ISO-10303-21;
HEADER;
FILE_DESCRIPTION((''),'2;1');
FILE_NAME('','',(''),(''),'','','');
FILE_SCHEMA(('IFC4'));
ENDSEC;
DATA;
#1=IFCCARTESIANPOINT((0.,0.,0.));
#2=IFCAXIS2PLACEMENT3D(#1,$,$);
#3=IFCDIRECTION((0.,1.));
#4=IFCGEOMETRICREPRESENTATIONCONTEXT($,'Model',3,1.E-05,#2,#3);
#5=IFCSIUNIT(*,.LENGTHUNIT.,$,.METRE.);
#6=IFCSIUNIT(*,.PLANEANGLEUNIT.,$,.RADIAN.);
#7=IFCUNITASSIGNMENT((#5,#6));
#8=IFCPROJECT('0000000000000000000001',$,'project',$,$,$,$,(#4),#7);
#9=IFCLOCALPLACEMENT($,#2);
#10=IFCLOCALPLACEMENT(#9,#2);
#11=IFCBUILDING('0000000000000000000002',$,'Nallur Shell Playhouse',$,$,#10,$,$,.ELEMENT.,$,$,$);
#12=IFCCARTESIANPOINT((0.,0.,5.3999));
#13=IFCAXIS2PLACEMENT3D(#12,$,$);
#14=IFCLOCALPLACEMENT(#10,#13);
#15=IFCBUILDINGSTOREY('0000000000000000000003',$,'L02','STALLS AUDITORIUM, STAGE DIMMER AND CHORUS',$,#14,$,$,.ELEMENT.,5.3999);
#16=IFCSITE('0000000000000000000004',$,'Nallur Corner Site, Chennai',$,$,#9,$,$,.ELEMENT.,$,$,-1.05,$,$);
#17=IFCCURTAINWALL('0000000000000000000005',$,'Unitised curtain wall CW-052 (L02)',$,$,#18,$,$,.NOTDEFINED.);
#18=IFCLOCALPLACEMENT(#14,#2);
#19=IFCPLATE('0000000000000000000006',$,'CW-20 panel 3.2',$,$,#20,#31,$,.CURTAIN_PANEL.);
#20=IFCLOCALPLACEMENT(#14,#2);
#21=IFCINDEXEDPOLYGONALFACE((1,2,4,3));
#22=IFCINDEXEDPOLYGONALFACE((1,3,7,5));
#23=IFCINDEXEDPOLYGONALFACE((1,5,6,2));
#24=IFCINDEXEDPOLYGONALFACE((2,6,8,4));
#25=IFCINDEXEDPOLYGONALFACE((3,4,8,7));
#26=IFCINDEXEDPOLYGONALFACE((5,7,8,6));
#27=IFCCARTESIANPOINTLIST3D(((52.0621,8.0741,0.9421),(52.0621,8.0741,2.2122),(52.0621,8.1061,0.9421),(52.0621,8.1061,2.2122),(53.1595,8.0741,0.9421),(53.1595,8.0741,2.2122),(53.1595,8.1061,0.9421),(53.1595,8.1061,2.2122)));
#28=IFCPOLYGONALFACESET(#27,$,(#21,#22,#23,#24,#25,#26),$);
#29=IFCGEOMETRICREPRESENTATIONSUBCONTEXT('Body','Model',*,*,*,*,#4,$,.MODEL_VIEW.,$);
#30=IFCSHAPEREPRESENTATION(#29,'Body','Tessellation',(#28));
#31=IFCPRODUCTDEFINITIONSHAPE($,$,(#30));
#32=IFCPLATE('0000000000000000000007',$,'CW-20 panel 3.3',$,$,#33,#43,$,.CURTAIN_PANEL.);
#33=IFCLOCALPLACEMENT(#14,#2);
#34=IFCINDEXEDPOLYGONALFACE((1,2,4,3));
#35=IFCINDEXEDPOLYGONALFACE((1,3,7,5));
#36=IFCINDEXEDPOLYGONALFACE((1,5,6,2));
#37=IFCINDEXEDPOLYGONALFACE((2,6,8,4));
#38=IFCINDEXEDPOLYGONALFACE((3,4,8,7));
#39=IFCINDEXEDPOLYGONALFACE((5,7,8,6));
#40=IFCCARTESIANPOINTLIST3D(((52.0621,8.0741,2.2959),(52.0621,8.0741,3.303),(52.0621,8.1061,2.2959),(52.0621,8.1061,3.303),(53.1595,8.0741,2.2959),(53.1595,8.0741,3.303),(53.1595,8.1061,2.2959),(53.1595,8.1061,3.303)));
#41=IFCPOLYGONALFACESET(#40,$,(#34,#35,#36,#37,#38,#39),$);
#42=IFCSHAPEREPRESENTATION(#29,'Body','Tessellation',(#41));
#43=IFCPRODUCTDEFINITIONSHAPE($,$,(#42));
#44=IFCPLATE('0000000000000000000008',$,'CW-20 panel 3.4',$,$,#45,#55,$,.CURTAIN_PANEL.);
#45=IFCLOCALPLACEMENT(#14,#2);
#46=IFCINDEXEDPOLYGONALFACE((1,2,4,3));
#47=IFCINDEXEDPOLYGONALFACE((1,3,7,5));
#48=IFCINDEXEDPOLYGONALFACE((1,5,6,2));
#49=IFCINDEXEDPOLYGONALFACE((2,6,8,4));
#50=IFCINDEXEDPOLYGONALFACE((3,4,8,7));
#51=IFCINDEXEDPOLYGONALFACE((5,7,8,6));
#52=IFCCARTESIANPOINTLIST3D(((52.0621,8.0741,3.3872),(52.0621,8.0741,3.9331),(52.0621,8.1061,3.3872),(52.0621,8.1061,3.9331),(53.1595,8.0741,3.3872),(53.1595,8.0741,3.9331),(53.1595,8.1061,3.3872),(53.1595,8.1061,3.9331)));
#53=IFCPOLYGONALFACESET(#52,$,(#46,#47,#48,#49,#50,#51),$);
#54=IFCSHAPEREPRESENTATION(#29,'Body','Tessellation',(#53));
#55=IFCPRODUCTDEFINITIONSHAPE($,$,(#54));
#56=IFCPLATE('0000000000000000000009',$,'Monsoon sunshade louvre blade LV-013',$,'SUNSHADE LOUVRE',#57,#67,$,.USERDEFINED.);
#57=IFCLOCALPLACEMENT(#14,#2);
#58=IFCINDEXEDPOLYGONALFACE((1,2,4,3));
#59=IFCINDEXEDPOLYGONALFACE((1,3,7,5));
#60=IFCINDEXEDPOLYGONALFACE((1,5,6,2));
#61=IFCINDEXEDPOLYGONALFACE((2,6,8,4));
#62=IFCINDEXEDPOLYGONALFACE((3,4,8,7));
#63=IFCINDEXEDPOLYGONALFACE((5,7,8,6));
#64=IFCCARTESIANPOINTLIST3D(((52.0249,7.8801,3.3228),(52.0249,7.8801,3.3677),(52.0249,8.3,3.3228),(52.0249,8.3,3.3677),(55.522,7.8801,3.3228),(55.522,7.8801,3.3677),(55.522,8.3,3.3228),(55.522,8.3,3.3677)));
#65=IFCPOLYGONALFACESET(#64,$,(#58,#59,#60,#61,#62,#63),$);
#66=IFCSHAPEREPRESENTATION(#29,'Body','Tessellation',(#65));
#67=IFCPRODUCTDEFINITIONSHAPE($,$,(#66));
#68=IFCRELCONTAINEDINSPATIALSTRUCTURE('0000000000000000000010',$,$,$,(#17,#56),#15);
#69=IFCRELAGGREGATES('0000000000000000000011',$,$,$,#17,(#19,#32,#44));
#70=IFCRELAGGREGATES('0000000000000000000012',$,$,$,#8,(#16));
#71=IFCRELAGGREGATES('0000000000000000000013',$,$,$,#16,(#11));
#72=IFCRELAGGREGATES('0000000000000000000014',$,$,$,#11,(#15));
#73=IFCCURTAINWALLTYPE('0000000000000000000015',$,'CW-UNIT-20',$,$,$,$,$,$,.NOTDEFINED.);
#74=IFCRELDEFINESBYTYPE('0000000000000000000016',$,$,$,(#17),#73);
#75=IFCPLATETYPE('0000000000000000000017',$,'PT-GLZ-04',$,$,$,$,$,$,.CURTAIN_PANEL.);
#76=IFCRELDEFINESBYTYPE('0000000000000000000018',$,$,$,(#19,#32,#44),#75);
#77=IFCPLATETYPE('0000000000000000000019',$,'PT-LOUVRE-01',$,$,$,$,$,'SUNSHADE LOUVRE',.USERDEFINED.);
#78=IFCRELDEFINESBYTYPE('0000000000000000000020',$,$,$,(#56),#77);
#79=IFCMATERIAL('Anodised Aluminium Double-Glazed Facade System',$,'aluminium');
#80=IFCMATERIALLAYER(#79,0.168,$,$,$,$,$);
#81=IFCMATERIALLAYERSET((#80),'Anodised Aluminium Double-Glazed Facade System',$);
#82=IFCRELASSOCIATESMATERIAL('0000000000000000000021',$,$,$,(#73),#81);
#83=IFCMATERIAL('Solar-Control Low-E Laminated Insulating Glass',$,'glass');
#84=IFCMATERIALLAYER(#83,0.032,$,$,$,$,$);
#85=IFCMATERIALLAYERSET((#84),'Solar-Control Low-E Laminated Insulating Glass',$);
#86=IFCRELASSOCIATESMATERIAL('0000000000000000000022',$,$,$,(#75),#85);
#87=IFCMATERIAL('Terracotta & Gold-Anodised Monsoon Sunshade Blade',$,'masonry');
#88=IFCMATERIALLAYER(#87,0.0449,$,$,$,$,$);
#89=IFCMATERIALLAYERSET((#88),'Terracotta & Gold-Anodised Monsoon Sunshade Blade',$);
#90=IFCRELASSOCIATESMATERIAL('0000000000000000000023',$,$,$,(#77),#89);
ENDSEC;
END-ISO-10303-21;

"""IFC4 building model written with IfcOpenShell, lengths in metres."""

from ifc_helpers import new_model, si_unit, direction, frame, origin, origin_2d, place, context, subcontext, project, spatial, rectangle, extrude, material, layer, layer_set, type_object, element, aggregate, save


model = new_model("IFC4")

# Units and contexts
model_context = context("Model", 3, precision=1e-05, world=origin(), true_north=direction((0.0, 1.0)))
body_context = subcontext(model_context, "Body", "Model", "MODEL_VIEW")
ifc_project = project(units=[si_unit("LENGTHUNIT", "METRE"), si_unit("PLANEANGLEUNIT", "RADIAN")], contexts=[model_context])

# Site, building, storey
site_placement = place(None, origin())
site = spatial("IfcSite", under=ifc_project, at=site_placement, Name="Nallur Corner Site, Chennai", CompositionType="ELEMENT", RefElevation=-1.05)
building_placement = place(site_placement, origin())
building = spatial("IfcBuilding", under=site, at=building_placement, Name="Nallur Shell Playhouse", CompositionType="ELEMENT")
storey_placement = place(building_placement, frame((0.0, 0.0, 5.3999)))
storey = spatial("IfcBuildingStorey", under=building, at=storey_placement, Name="L02", Description="STALLS AUDITORIUM, STAGE DIMMER AND CHORUS", CompositionType="ELEMENT", Elevation=5.3999)

# Shared definitions
ifc_material_1 = material(Name="Anodised Aluminium Double-Glazed Facade System", Category="aluminium")

# Curtain wall
ifc_layer_1 = layer(ifc_material_1, 0.168)
ifc_layer_set_1 = layer_set([ifc_layer_1], Name="Anodised Aluminium Double-Glazed Facade System")
curtain_wall_type_1 = type_object("IfcCurtainWallType", Name="CW-UNIT-20", PredefinedType="NOTDEFINED", material=ifc_layer_set_1)
curtain_wall_1_placement = place(storey_placement, origin())
curtain_wall_1 = element("IfcCurtainWall", 1, at=curtain_wall_1_placement, inside=storey, type_object=curtain_wall_type_1, Name="Unitised curtain wall CW-052 (L02)", PredefinedType="NOTDEFINED")

# Plates
ifc_material_2 = material(Name="Solar-Control Low-E Laminated Insulating Glass", Category="glass")
ifc_layer_2 = layer(ifc_material_2, 0.032)
ifc_layer_set_2 = layer_set([ifc_layer_2], Name="Solar-Control Low-E Laminated Insulating Glass")
plate_type_1 = type_object("IfcPlateType", Name="PT-GLZ-04", PredefinedType="CURTAIN_PANEL", material=ifc_layer_set_2)
plate_1_placement = place(storey_placement, frame((52.6108, 8.0901, 0.9421), z_axis=(0.0, 0.0, 1.0), x_axis=(-1.0, 0.0, 0.0)))
plate_1 = element("IfcPlate", 2, at=plate_1_placement, type_object=plate_type_1, Name="CW-20 panel 3.2", PredefinedType="CURTAIN_PANEL", context=body_context, shape_type="SweptSolid", body=[
    extrude(rectangle(XDim=1.0974, YDim=0.032, at=origin_2d()), origin(), (0.0, 0.0, 1.0), 1.27),
])
plate_2_placement = place(storey_placement, frame((52.6108, 8.0901, 2.2959), z_axis=(0.0, 0.0, 1.0), x_axis=(-1.0, 0.0, 0.0)))
plate_2 = element("IfcPlate", 3, at=plate_2_placement, type_object=plate_type_1, Name="CW-20 panel 3.3", PredefinedType="CURTAIN_PANEL", context=body_context, shape_type="SweptSolid", body=[
    extrude(rectangle(XDim=1.0974, YDim=0.032, at=origin_2d()), origin(), (0.0, 0.0, 1.0), 1.0071),
])
plate_3_placement = place(storey_placement, frame((52.6108, 8.0901, 3.3872), z_axis=(0.0, 0.0, 1.0), x_axis=(-1.0, 0.0, 0.0)))
plate_3 = element("IfcPlate", 4, at=plate_3_placement, type_object=plate_type_1, Name="CW-20 panel 3.4", PredefinedType="CURTAIN_PANEL", context=body_context, shape_type="SweptSolid", body=[
    extrude(rectangle(XDim=1.0974, YDim=0.032, at=origin_2d()), origin(), (0.0, 0.0, 1.0), 0.5459),
])
aggregate(curtain_wall_1, [plate_1, plate_2, plate_3])
ifc_material_3 = material(Name="Terracotta & Gold-Anodised Monsoon Sunshade Blade", Category="masonry")
ifc_layer_3 = layer(ifc_material_3, 0.0449)
ifc_layer_set_3 = layer_set([ifc_layer_3], Name="Terracotta & Gold-Anodised Monsoon Sunshade Blade")
plate_type_2 = type_object("IfcPlateType", Name="PT-LOUVRE-01", ElementType="SUNSHADE LOUVRE", PredefinedType="USERDEFINED", material=ifc_layer_set_3)
plate_4_placement = place(storey_placement, frame((53.7734, 8.0901, 3.3228), z_axis=(0.0, 0.0, 1.0), x_axis=(-1.0, 0.0, 0.0)))
element("IfcPlate", 5, at=plate_4_placement, inside=storey, type_object=plate_type_2, Name="Monsoon sunshade louvre blade LV-013", ObjectType="SUNSHADE LOUVRE", PredefinedType="USERDEFINED", context=body_context, shape_type="SweptSolid", body=[
    extrude(rectangle(XDim=3.4971, YDim=0.4199, at=origin_2d()), origin(), (0.0, 0.0, 1.0), 0.0449),
])

save(model, "model.ifc")
